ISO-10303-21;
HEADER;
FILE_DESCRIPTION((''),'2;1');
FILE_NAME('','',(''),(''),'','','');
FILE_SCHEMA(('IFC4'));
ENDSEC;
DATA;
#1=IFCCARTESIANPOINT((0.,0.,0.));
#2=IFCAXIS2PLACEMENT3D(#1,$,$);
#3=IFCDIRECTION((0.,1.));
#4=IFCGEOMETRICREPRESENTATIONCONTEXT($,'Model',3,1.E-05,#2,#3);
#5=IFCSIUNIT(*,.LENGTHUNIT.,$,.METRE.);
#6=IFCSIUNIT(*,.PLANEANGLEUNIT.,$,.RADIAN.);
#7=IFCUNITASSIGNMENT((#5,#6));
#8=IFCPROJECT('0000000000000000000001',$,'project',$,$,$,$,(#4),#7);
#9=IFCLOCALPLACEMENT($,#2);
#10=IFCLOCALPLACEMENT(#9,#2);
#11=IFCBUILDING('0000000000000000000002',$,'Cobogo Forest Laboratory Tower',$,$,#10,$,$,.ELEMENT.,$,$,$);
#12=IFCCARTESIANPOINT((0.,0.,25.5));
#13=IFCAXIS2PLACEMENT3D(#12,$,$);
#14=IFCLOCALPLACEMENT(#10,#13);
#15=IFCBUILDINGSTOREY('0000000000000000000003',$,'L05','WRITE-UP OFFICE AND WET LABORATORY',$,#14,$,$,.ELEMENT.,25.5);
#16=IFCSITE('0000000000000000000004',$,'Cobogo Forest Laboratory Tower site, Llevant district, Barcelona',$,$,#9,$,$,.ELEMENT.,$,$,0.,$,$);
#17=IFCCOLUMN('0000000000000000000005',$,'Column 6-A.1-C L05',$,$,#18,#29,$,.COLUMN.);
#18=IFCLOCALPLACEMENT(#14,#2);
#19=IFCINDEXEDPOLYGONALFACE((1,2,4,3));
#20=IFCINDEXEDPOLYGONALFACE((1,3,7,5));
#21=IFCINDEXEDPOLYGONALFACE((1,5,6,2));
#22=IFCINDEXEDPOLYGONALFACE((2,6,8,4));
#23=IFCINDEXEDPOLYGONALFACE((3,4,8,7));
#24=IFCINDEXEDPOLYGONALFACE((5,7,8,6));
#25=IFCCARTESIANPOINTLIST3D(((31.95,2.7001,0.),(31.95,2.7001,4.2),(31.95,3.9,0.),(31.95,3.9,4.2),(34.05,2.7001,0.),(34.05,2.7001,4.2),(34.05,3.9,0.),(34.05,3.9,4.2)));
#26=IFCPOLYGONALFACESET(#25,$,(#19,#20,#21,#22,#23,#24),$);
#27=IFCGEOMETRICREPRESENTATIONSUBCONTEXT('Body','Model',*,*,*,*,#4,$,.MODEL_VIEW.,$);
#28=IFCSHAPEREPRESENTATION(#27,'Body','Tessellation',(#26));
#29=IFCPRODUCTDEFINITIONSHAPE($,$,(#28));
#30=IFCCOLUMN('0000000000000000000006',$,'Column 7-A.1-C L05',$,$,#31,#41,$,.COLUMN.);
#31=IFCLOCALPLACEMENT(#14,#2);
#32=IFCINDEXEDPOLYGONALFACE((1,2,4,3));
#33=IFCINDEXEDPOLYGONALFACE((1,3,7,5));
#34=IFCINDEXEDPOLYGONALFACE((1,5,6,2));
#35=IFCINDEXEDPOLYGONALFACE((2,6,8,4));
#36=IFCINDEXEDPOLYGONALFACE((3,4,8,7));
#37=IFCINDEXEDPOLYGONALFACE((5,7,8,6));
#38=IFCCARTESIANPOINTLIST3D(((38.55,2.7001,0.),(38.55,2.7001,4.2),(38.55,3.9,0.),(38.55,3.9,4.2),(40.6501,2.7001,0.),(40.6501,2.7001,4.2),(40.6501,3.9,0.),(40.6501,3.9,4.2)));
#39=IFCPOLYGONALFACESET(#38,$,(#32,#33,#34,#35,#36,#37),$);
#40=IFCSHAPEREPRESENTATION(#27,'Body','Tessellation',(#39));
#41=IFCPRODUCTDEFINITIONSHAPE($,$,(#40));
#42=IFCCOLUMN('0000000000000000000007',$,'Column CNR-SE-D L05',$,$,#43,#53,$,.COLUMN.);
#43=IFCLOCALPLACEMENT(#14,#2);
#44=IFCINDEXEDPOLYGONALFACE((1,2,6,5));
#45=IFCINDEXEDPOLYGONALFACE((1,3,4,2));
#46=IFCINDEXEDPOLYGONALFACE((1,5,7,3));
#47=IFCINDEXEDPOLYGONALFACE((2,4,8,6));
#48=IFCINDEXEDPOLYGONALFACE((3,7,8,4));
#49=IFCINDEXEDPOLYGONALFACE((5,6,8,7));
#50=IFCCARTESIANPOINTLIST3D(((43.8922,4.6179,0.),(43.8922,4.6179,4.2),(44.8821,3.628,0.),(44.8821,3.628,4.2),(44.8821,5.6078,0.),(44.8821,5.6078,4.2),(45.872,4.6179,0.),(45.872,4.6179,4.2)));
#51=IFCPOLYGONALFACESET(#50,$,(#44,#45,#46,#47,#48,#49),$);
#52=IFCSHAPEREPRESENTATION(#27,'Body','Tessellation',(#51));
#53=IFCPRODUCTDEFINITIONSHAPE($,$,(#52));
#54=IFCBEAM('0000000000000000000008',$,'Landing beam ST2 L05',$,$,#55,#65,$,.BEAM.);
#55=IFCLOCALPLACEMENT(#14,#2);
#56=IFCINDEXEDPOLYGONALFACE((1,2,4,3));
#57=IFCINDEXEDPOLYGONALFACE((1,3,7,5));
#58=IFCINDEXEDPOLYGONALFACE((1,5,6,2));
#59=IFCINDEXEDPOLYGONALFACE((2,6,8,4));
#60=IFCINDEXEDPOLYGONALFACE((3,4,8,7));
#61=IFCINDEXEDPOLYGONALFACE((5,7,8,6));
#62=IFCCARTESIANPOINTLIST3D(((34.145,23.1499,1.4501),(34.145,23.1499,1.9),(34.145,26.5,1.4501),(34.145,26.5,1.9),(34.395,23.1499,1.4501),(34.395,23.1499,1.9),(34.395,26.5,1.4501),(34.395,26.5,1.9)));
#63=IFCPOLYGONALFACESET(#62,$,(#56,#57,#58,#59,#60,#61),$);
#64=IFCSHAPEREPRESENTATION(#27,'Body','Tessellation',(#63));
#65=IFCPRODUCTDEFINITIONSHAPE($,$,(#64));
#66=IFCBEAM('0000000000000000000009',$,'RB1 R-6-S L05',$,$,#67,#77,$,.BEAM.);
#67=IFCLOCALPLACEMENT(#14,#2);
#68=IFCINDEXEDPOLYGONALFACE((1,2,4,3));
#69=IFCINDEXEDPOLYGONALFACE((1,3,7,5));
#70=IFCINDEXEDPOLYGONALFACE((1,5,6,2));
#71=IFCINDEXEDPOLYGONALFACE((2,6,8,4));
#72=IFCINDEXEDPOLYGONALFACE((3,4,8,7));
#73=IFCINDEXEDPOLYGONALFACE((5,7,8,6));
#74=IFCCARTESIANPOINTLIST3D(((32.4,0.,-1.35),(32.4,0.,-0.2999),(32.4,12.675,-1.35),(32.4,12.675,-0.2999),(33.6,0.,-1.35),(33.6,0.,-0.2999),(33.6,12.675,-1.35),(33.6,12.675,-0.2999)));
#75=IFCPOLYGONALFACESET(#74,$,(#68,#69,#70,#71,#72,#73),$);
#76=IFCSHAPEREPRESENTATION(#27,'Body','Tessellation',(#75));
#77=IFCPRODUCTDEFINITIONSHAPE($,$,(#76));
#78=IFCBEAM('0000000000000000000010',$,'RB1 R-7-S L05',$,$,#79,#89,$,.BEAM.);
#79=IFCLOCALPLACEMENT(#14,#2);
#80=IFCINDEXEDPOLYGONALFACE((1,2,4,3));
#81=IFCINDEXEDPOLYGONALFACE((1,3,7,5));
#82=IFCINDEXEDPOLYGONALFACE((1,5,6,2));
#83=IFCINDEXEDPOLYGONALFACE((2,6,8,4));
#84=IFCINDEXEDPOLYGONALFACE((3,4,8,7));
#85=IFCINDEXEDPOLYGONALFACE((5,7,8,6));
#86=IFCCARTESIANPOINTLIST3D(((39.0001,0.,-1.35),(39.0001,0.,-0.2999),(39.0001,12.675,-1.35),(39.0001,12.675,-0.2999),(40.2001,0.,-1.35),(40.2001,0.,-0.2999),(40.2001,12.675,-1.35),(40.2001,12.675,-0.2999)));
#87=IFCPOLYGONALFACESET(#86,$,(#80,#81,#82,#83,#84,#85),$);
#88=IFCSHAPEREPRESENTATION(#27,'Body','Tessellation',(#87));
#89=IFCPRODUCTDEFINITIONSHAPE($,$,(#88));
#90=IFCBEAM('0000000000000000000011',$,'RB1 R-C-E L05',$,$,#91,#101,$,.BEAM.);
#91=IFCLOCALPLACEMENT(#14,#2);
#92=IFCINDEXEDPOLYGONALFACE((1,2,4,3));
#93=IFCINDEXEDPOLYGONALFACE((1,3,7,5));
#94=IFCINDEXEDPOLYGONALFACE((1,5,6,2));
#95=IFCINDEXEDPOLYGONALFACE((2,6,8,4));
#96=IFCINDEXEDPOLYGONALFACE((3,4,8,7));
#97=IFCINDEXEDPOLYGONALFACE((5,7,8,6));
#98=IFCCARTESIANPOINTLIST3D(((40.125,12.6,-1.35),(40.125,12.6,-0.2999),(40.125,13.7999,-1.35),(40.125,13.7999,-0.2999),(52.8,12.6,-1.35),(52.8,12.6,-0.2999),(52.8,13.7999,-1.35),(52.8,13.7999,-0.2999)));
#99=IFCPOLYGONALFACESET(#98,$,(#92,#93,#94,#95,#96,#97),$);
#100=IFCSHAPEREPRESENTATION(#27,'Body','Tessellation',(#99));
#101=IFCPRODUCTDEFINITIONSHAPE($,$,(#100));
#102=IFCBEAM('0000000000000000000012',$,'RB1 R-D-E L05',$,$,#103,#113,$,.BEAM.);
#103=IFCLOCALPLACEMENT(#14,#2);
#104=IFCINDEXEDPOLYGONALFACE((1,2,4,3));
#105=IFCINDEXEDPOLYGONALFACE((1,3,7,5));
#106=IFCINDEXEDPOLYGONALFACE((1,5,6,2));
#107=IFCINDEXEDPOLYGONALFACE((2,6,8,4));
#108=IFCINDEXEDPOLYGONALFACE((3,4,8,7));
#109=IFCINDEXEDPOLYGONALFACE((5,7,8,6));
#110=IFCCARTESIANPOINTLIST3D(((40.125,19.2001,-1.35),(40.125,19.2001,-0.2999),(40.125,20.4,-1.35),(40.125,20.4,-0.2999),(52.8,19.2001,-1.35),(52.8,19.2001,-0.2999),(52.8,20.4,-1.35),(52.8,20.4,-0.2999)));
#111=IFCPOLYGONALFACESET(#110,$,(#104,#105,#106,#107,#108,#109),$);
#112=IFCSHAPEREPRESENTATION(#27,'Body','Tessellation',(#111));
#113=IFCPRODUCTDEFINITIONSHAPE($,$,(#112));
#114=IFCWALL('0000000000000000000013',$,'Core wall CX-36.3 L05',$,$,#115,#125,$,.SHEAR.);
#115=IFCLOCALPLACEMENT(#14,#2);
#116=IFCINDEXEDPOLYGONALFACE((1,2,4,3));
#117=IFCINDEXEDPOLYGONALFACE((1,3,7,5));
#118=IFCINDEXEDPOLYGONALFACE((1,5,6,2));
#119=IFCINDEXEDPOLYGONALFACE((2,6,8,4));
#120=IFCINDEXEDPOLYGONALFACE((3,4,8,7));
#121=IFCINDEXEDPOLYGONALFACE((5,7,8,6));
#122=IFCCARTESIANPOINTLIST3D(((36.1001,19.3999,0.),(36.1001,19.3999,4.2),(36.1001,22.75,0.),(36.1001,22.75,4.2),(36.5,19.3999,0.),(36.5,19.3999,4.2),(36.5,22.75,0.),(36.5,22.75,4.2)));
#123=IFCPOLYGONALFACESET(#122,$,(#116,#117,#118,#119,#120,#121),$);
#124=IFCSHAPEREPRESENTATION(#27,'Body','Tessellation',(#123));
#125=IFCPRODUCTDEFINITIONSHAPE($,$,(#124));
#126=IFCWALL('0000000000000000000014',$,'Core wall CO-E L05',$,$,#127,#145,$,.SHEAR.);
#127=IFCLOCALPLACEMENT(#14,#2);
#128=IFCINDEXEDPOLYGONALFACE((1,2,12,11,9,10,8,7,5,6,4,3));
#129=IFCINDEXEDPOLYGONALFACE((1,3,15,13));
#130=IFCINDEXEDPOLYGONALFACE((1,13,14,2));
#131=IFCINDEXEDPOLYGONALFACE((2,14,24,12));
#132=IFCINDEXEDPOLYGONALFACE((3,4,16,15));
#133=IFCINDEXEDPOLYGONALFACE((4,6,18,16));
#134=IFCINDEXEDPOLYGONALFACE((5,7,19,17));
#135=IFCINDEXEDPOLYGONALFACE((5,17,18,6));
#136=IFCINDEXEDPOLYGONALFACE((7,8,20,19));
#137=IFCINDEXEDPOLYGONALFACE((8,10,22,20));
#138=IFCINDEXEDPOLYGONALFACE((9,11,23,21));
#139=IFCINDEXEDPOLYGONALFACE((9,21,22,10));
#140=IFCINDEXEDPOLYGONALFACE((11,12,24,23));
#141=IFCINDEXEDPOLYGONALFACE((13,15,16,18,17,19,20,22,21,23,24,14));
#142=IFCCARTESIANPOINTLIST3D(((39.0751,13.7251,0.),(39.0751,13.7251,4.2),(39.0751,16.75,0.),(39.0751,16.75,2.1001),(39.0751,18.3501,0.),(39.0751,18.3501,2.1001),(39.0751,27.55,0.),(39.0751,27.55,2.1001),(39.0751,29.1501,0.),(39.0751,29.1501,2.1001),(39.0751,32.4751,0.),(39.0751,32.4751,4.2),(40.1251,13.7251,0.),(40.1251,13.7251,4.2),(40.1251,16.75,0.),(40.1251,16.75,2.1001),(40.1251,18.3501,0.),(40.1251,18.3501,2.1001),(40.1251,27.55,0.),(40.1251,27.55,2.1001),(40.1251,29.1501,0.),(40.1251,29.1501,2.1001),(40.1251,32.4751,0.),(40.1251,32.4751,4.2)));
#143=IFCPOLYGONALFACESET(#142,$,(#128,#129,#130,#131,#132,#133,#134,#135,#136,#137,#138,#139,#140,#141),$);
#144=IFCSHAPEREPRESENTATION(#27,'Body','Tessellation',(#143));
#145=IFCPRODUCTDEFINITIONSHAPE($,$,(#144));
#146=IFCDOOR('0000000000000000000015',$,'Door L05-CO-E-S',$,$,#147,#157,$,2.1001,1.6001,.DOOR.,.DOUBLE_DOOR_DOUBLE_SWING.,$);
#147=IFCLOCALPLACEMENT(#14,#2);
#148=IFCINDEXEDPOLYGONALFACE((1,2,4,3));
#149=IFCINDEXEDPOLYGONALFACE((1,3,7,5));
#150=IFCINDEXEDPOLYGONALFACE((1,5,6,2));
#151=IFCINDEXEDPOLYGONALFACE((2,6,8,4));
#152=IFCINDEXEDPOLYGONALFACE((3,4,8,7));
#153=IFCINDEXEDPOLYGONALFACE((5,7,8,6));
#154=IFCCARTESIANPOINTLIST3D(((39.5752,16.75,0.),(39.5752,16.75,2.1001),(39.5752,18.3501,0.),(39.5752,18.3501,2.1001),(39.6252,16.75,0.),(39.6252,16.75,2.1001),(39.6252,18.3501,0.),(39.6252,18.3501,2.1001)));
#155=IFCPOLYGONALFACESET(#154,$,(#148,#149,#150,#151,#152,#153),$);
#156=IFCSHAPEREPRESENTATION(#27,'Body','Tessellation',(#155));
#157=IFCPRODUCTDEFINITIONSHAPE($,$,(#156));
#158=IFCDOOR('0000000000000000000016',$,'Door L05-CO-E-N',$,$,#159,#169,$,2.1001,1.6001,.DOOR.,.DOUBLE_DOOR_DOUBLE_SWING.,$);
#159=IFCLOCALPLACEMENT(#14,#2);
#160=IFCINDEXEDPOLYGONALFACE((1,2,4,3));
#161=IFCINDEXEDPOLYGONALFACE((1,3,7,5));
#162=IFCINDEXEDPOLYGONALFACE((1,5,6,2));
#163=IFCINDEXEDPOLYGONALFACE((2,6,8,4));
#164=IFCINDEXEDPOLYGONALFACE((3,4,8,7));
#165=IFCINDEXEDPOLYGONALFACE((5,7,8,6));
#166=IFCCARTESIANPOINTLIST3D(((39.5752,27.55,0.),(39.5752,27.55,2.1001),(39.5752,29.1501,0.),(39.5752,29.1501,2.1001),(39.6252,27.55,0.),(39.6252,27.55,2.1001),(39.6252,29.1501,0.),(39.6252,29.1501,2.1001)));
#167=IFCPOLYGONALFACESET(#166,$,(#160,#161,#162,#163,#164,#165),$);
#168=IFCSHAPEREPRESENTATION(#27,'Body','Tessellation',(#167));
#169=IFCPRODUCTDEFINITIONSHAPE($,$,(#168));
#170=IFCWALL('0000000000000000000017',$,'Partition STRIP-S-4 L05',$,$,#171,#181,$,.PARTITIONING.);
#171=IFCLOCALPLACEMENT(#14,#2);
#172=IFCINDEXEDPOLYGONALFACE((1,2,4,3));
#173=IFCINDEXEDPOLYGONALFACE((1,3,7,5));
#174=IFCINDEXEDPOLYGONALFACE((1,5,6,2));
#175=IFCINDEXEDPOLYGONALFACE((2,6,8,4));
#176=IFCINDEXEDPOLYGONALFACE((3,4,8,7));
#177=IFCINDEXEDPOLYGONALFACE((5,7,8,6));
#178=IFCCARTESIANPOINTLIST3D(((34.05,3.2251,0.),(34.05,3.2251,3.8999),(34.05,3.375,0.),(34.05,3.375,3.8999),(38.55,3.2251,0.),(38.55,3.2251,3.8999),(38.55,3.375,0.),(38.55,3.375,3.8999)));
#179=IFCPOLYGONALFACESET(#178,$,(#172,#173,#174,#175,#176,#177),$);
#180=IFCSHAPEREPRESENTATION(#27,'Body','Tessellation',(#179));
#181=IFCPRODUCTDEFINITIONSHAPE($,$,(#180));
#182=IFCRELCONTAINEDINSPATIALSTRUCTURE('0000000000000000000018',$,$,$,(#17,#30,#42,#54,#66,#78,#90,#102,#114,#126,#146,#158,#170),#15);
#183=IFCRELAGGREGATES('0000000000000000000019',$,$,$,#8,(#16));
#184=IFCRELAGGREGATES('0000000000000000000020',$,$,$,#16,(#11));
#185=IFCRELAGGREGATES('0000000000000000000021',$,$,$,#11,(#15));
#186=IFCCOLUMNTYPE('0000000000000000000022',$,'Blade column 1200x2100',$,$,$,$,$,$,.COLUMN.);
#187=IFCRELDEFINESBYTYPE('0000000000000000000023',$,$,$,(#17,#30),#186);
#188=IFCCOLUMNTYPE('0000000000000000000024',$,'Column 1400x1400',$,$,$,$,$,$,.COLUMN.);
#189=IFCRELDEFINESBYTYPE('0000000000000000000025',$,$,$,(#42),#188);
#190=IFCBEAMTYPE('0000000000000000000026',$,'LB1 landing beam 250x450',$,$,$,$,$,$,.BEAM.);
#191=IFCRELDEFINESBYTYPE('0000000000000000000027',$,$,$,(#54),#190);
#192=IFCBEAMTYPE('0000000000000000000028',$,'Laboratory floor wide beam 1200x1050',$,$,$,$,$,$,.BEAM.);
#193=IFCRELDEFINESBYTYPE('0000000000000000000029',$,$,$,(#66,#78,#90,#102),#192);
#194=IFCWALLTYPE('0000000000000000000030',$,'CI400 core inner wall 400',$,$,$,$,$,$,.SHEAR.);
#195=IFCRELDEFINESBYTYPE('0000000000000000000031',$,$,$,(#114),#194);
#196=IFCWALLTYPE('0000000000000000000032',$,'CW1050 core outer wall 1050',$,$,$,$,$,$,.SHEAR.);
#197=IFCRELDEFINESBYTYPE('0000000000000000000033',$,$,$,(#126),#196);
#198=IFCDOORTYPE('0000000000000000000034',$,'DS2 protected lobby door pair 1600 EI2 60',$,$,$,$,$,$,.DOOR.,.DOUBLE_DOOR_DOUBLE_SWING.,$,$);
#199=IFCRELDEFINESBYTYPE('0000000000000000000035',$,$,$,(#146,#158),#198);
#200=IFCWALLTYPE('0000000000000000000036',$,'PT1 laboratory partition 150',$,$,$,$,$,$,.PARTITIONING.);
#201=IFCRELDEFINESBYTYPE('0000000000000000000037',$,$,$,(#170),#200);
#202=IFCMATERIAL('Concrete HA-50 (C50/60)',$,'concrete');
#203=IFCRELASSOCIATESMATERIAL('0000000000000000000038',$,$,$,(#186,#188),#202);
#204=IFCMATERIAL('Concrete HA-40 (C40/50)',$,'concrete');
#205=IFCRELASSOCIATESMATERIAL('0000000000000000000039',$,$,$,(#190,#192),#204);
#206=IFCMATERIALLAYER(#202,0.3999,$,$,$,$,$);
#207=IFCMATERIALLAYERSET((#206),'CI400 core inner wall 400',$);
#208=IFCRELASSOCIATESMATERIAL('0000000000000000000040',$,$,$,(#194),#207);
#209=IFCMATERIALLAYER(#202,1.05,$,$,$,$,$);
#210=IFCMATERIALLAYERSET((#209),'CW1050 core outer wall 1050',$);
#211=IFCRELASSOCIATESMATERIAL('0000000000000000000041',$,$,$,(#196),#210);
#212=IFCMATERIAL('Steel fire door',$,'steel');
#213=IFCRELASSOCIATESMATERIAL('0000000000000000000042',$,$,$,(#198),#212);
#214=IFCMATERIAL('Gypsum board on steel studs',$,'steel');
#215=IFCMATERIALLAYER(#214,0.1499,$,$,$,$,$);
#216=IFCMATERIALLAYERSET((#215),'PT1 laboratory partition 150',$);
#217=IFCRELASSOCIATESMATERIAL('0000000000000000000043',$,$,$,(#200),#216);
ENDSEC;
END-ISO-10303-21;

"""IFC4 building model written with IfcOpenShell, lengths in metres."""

from ifc_helpers import new_model, si_unit, direction, frame, frame_2d, origin, origin_2d, place, context, subcontext, project, spatial, rectangle, extrude, material, layer, layer_set, material_profile, profile_set, type_object, element, fill, save


model = new_model("IFC4")

# Units and contexts
model_context = context("Model", 3, precision=1e-05, world=origin(), true_north=direction((0.0, 1.0)))
body_context = subcontext(model_context, "Body", "Model", "MODEL_VIEW")
ifc_project = project(units=[si_unit("LENGTHUNIT", "METRE"), si_unit("PLANEANGLEUNIT", "RADIAN")], contexts=[model_context])

# Site, building, storey
site_placement = place(None, origin())
site = spatial("IfcSite", under=ifc_project, at=site_placement, Name="Cobogo Forest Laboratory Tower site, Llevant district, Barcelona", CompositionType="ELEMENT", RefElevation=0.0)
building_placement = place(site_placement, origin())
building = spatial("IfcBuilding", under=site, at=building_placement, Name="Cobogo Forest Laboratory Tower", CompositionType="ELEMENT")
storey_placement = place(building_placement, frame((0.0, 0.0, 25.5)))
storey = spatial("IfcBuildingStorey", under=building, at=storey_placement, Name="L05", Description="WRITE-UP OFFICE AND WET LABORATORY", CompositionType="ELEMENT", Elevation=25.5)

# Columns
ifc_material_1 = material(Name="Concrete HA-50 (C50/60)", Category="concrete")
ifc_material_profile_1 = material_profile(ifc_material_1, rectangle(XDim=2.1001, YDim=1.2, at=origin_2d()), Name="RC 1200x2100")
ifc_profile_set_1 = profile_set([ifc_material_profile_1], Name="Concrete HA-50 (C50/60)")
column_type_1 = type_object("IfcColumnType", Name="Blade column 1200x2100", PredefinedType="COLUMN", material=ifc_profile_set_1)
for number, where, z_axis, x_axis, name in (
    (1, (33.0, 3.3, 0.0), (0.0, 0.0, 1.0), (1.0, 0.0, 0.0), "Column 6-A.1-C L05"),
    (2, (39.6001, 3.3, 0.0), (0.0, 0.0, 1.0), (1.0, 0.0, 0.0), "Column 7-A.1-C L05"),
):
    element("IfcColumn", number, at=place(storey_placement, frame(where, z_axis=z_axis, x_axis=x_axis)), inside=storey, type_object=column_type_1, Name=name, PredefinedType="COLUMN", context=body_context, shape_type="SweptSolid", body=[
        extrude(rectangle(XDim=2.1001, YDim=1.2, at=origin_2d()), origin(), (0.0, 0.0, 1.0), 4.2),
    ])
ifc_material_profile_2 = material_profile(ifc_material_1, rectangle(XDim=1.3999, YDim=1.3999, at=origin_2d()), Name="RC 1400x1400")
ifc_profile_set_2 = profile_set([ifc_material_profile_2], Name="Concrete HA-50 (C50/60)")
column_type_2 = type_object("IfcColumnType", Name="Column 1400x1400", PredefinedType="COLUMN", material=ifc_profile_set_2)
column_placement = place(storey_placement, frame((44.8821, 4.6179, 0.0), z_axis=(0.0, 0.0, 1.0), x_axis=(0.707107, 0.707107, 0.0)))
element("IfcColumn", 3, at=column_placement, inside=storey, type_object=column_type_2, Name="Column CNR-SE-D L05", PredefinedType="COLUMN", context=body_context, shape_type="SweptSolid", body=[
    extrude(rectangle(XDim=1.3999, YDim=1.3999, at=origin_2d()), origin(), (0.0, 0.0, 1.0), 4.2),
])

# Beams
ifc_material_2 = material(Name="Concrete HA-40 (C40/50)", Category="concrete")
ifc_material_profile_3 = material_profile(ifc_material_2, rectangle(XDim=0.25, YDim=0.45, at=origin_2d()), Name="RC 250x450")
ifc_profile_set_3 = profile_set([ifc_material_profile_3], Name="Concrete HA-40 (C40/50)")
beam_type_1 = type_object("IfcBeamType", Name="LB1 landing beam 250x450", PredefinedType="BEAM", material=ifc_profile_set_3)
beam_placement = place(storey_placement, frame((34.27, 23.1499, 1.675), z_axis=(0.0, 1.0, 0.0), x_axis=(-1.0, 0.0, 0.0)))
element("IfcBeam", 4, at=beam_placement, inside=storey, type_object=beam_type_1, Name="Landing beam ST2 L05", PredefinedType="BEAM", context=body_context, shape_type="SweptSolid", body=[
    extrude(rectangle(XDim=0.25, YDim=0.45, at=origin_2d()), origin(), (0.0, 0.0, 1.0), 3.3501),
])
ifc_material_profile_4 = material_profile(ifc_material_2, rectangle(XDim=1.2, YDim=1.05, at=origin_2d()), Name="RC 1200x1050")
ifc_profile_set_4 = profile_set([ifc_material_profile_4], Name="Concrete HA-40 (C40/50)")
beam_type_2 = type_object("IfcBeamType", Name="Laboratory floor wide beam 1200x1050", PredefinedType="BEAM", material=ifc_profile_set_4)
for number, where, z_axis, x_axis, name in (
    (5, (33.0, 12.675, -0.825), (0.0, -1.0, 0.0), (1.0, 0.0, 0.0), "RB1 R-6-S L05"),
    (6, (39.6001, 12.675, -0.825), (0.0, -1.0, 0.0), (1.0, 0.0, 0.0), "RB1 R-7-S L05"),
    (7, (40.125, 13.2, -0.825), (1.0, 0.0, 0.0), (0.0, 1.0, 0.0), "RB1 R-C-E L05"),
    (8, (40.125, 19.8, -0.825), (1.0, 0.0, 0.0), (0.0, 1.0, 0.0), "RB1 R-D-E L05"),
):
    element("IfcBeam", number, at=place(storey_placement, frame(where, z_axis=z_axis, x_axis=x_axis)), inside=storey, type_object=beam_type_2, Name=name, PredefinedType="BEAM", context=body_context, shape_type="SweptSolid", body=[
        extrude(rectangle(XDim=1.2, YDim=1.05, at=origin_2d()), origin(), (0.0, 0.0, 1.0), 12.675),
    ])

# Wall
ifc_layer_1 = layer(ifc_material_1, 0.3999)
ifc_layer_set_1 = layer_set([ifc_layer_1], Name="CI400 core inner wall 400")
wall_type_1 = type_object("IfcWallType", Name="CI400 core inner wall 400", PredefinedType="SHEAR", material=ifc_layer_set_1)
wall_1_placement = place(storey_placement, frame((36.3, 19.3999, 0.0), z_axis=(0.0, 0.0, 1.0), x_axis=(0.0, 1.0, 0.0)))
element("IfcWall", 9, at=wall_1_placement, inside=storey, type_object=wall_type_1, Name="Core wall CX-36.3 L05", PredefinedType="SHEAR", context=body_context, shape_type="SweptSolid", body=[
    extrude(rectangle(XDim=3.3501, YDim=0.3999, at=frame_2d((1.675, 0.0))), origin(), (0.0, 0.0, 1.0), 4.2),
])

# Wall, openings, doors
ifc_layer_2 = layer(ifc_material_1, 1.05)
ifc_layer_set_2 = layer_set([ifc_layer_2], Name="CW1050 core outer wall 1050")
wall_type_2 = type_object("IfcWallType", Name="CW1050 core outer wall 1050", PredefinedType="SHEAR", material=ifc_layer_set_2)
wall_2_placement = place(storey_placement, frame((39.6001, 13.7251, 0.0), z_axis=(0.0, 0.0, 1.0), x_axis=(0.0, 1.0, 0.0)))
wall_2 = element("IfcWall", 10, at=wall_2_placement, inside=storey, type_object=wall_type_2, Name="Core wall CO-E L05", PredefinedType="SHEAR", context=body_context, shape_type="SweptSolid", body=[
    extrude(rectangle(XDim=18.75, YDim=1.05, at=frame_2d((9.375, 0.0))), origin(), (0.0, 0.0, 1.0), 4.2),
])
opening_1_placement = place(wall_2_placement, frame((3.0249, 0.0, 0.0)))
opening_1 = element("IfcOpeningElement", 11, at=opening_1_placement, cuts=wall_2, PredefinedType="OPENING", context=body_context, shape_type="SweptSolid", body=[
    extrude(rectangle(XDim=1.6001, YDim=2.1001, at=frame_2d((0.8, 1.05))), frame((0.0, 0.5349, 0.0), z_axis=(0.0, -1.0, 0.0), x_axis=(1.0, 0.0, 0.0)), (0.0, 0.0, 1.0), 1.0701),
])
opening_2_placement = place(wall_2_placement, frame((13.825, 0.0, 0.0)))
opening_2 = element("IfcOpeningElement", 12, at=opening_2_placement, cuts=wall_2, PredefinedType="OPENING", context=body_context, shape_type="SweptSolid", body=[
    extrude(rectangle(XDim=1.6001, YDim=2.1001, at=frame_2d((0.8, 1.05))), frame((0.0, 0.5349, 0.0), z_axis=(0.0, -1.0, 0.0), x_axis=(1.0, 0.0, 0.0)), (0.0, 0.0, 1.0), 1.0701),
])
ifc_material_3 = material(Name="Steel fire door", Category="steel")
door_type_1 = type_object("IfcDoorType", Name="DS2 protected lobby door pair 1600 EI2 60", OperationType="DOUBLE_DOOR_DOUBLE_SWING", PredefinedType="DOOR", material=ifc_material_3)
door_1_placement = place(opening_1_placement, origin())
door_1 = element("IfcDoor", 13, at=door_1_placement, inside=storey, type_object=door_type_1, Name="Door L05-CO-E-S", OperationType="DOUBLE_DOOR_DOUBLE_SWING", OverallHeight=2.1001, OverallWidth=1.6001, PredefinedType="DOOR", context=body_context, shape_type="SweptSolid", body=[
    extrude(rectangle(XDim=1.6001, YDim=2.1001, at=frame_2d((0.8, 1.05))), frame((0.0, 0.0249, 0.0), z_axis=(0.0, -1.0, 0.0), x_axis=(1.0, 0.0, 0.0)), (0.0, 0.0, 1.0), 0.05),
])
fill(opening_1, door_1)
door_2_placement = place(opening_2_placement, origin())
door_2 = element("IfcDoor", 14, at=door_2_placement, inside=storey, type_object=door_type_1, Name="Door L05-CO-E-N", OperationType="DOUBLE_DOOR_DOUBLE_SWING", OverallHeight=2.1001, OverallWidth=1.6001, PredefinedType="DOOR", context=body_context, shape_type="SweptSolid", body=[
    extrude(rectangle(XDim=1.6001, YDim=2.1001, at=frame_2d((0.8, 1.05))), frame((0.0, 0.0249, 0.0), z_axis=(0.0, -1.0, 0.0), x_axis=(1.0, 0.0, 0.0)), (0.0, 0.0, 1.0), 0.05),
])
fill(opening_2, door_2)

# Wall
ifc_material_4 = material(Name="Gypsum board on steel studs", Category="steel")
ifc_layer_3 = layer(ifc_material_4, 0.1499)
ifc_layer_set_3 = layer_set([ifc_layer_3], Name="PT1 laboratory partition 150")
wall_type_3 = type_object("IfcWallType", Name="PT1 laboratory partition 150", PredefinedType="PARTITIONING", material=ifc_layer_set_3)
wall_3_placement = place(storey_placement, frame((34.05, 3.3, 0.0), z_axis=(0.0, 0.0, 1.0), x_axis=(1.0, 0.0, 0.0)))
element("IfcWall", 15, at=wall_3_placement, inside=storey, type_object=wall_type_3, Name="Partition STRIP-S-4 L05", PredefinedType="PARTITIONING", context=body_context, shape_type="SweptSolid", body=[
    extrude(rectangle(XDim=4.5, YDim=0.1499, at=frame_2d((2.25, 0.0))), origin(), (0.0, 0.0, 1.0), 3.8999),
])

save(model, "model.ifc")
